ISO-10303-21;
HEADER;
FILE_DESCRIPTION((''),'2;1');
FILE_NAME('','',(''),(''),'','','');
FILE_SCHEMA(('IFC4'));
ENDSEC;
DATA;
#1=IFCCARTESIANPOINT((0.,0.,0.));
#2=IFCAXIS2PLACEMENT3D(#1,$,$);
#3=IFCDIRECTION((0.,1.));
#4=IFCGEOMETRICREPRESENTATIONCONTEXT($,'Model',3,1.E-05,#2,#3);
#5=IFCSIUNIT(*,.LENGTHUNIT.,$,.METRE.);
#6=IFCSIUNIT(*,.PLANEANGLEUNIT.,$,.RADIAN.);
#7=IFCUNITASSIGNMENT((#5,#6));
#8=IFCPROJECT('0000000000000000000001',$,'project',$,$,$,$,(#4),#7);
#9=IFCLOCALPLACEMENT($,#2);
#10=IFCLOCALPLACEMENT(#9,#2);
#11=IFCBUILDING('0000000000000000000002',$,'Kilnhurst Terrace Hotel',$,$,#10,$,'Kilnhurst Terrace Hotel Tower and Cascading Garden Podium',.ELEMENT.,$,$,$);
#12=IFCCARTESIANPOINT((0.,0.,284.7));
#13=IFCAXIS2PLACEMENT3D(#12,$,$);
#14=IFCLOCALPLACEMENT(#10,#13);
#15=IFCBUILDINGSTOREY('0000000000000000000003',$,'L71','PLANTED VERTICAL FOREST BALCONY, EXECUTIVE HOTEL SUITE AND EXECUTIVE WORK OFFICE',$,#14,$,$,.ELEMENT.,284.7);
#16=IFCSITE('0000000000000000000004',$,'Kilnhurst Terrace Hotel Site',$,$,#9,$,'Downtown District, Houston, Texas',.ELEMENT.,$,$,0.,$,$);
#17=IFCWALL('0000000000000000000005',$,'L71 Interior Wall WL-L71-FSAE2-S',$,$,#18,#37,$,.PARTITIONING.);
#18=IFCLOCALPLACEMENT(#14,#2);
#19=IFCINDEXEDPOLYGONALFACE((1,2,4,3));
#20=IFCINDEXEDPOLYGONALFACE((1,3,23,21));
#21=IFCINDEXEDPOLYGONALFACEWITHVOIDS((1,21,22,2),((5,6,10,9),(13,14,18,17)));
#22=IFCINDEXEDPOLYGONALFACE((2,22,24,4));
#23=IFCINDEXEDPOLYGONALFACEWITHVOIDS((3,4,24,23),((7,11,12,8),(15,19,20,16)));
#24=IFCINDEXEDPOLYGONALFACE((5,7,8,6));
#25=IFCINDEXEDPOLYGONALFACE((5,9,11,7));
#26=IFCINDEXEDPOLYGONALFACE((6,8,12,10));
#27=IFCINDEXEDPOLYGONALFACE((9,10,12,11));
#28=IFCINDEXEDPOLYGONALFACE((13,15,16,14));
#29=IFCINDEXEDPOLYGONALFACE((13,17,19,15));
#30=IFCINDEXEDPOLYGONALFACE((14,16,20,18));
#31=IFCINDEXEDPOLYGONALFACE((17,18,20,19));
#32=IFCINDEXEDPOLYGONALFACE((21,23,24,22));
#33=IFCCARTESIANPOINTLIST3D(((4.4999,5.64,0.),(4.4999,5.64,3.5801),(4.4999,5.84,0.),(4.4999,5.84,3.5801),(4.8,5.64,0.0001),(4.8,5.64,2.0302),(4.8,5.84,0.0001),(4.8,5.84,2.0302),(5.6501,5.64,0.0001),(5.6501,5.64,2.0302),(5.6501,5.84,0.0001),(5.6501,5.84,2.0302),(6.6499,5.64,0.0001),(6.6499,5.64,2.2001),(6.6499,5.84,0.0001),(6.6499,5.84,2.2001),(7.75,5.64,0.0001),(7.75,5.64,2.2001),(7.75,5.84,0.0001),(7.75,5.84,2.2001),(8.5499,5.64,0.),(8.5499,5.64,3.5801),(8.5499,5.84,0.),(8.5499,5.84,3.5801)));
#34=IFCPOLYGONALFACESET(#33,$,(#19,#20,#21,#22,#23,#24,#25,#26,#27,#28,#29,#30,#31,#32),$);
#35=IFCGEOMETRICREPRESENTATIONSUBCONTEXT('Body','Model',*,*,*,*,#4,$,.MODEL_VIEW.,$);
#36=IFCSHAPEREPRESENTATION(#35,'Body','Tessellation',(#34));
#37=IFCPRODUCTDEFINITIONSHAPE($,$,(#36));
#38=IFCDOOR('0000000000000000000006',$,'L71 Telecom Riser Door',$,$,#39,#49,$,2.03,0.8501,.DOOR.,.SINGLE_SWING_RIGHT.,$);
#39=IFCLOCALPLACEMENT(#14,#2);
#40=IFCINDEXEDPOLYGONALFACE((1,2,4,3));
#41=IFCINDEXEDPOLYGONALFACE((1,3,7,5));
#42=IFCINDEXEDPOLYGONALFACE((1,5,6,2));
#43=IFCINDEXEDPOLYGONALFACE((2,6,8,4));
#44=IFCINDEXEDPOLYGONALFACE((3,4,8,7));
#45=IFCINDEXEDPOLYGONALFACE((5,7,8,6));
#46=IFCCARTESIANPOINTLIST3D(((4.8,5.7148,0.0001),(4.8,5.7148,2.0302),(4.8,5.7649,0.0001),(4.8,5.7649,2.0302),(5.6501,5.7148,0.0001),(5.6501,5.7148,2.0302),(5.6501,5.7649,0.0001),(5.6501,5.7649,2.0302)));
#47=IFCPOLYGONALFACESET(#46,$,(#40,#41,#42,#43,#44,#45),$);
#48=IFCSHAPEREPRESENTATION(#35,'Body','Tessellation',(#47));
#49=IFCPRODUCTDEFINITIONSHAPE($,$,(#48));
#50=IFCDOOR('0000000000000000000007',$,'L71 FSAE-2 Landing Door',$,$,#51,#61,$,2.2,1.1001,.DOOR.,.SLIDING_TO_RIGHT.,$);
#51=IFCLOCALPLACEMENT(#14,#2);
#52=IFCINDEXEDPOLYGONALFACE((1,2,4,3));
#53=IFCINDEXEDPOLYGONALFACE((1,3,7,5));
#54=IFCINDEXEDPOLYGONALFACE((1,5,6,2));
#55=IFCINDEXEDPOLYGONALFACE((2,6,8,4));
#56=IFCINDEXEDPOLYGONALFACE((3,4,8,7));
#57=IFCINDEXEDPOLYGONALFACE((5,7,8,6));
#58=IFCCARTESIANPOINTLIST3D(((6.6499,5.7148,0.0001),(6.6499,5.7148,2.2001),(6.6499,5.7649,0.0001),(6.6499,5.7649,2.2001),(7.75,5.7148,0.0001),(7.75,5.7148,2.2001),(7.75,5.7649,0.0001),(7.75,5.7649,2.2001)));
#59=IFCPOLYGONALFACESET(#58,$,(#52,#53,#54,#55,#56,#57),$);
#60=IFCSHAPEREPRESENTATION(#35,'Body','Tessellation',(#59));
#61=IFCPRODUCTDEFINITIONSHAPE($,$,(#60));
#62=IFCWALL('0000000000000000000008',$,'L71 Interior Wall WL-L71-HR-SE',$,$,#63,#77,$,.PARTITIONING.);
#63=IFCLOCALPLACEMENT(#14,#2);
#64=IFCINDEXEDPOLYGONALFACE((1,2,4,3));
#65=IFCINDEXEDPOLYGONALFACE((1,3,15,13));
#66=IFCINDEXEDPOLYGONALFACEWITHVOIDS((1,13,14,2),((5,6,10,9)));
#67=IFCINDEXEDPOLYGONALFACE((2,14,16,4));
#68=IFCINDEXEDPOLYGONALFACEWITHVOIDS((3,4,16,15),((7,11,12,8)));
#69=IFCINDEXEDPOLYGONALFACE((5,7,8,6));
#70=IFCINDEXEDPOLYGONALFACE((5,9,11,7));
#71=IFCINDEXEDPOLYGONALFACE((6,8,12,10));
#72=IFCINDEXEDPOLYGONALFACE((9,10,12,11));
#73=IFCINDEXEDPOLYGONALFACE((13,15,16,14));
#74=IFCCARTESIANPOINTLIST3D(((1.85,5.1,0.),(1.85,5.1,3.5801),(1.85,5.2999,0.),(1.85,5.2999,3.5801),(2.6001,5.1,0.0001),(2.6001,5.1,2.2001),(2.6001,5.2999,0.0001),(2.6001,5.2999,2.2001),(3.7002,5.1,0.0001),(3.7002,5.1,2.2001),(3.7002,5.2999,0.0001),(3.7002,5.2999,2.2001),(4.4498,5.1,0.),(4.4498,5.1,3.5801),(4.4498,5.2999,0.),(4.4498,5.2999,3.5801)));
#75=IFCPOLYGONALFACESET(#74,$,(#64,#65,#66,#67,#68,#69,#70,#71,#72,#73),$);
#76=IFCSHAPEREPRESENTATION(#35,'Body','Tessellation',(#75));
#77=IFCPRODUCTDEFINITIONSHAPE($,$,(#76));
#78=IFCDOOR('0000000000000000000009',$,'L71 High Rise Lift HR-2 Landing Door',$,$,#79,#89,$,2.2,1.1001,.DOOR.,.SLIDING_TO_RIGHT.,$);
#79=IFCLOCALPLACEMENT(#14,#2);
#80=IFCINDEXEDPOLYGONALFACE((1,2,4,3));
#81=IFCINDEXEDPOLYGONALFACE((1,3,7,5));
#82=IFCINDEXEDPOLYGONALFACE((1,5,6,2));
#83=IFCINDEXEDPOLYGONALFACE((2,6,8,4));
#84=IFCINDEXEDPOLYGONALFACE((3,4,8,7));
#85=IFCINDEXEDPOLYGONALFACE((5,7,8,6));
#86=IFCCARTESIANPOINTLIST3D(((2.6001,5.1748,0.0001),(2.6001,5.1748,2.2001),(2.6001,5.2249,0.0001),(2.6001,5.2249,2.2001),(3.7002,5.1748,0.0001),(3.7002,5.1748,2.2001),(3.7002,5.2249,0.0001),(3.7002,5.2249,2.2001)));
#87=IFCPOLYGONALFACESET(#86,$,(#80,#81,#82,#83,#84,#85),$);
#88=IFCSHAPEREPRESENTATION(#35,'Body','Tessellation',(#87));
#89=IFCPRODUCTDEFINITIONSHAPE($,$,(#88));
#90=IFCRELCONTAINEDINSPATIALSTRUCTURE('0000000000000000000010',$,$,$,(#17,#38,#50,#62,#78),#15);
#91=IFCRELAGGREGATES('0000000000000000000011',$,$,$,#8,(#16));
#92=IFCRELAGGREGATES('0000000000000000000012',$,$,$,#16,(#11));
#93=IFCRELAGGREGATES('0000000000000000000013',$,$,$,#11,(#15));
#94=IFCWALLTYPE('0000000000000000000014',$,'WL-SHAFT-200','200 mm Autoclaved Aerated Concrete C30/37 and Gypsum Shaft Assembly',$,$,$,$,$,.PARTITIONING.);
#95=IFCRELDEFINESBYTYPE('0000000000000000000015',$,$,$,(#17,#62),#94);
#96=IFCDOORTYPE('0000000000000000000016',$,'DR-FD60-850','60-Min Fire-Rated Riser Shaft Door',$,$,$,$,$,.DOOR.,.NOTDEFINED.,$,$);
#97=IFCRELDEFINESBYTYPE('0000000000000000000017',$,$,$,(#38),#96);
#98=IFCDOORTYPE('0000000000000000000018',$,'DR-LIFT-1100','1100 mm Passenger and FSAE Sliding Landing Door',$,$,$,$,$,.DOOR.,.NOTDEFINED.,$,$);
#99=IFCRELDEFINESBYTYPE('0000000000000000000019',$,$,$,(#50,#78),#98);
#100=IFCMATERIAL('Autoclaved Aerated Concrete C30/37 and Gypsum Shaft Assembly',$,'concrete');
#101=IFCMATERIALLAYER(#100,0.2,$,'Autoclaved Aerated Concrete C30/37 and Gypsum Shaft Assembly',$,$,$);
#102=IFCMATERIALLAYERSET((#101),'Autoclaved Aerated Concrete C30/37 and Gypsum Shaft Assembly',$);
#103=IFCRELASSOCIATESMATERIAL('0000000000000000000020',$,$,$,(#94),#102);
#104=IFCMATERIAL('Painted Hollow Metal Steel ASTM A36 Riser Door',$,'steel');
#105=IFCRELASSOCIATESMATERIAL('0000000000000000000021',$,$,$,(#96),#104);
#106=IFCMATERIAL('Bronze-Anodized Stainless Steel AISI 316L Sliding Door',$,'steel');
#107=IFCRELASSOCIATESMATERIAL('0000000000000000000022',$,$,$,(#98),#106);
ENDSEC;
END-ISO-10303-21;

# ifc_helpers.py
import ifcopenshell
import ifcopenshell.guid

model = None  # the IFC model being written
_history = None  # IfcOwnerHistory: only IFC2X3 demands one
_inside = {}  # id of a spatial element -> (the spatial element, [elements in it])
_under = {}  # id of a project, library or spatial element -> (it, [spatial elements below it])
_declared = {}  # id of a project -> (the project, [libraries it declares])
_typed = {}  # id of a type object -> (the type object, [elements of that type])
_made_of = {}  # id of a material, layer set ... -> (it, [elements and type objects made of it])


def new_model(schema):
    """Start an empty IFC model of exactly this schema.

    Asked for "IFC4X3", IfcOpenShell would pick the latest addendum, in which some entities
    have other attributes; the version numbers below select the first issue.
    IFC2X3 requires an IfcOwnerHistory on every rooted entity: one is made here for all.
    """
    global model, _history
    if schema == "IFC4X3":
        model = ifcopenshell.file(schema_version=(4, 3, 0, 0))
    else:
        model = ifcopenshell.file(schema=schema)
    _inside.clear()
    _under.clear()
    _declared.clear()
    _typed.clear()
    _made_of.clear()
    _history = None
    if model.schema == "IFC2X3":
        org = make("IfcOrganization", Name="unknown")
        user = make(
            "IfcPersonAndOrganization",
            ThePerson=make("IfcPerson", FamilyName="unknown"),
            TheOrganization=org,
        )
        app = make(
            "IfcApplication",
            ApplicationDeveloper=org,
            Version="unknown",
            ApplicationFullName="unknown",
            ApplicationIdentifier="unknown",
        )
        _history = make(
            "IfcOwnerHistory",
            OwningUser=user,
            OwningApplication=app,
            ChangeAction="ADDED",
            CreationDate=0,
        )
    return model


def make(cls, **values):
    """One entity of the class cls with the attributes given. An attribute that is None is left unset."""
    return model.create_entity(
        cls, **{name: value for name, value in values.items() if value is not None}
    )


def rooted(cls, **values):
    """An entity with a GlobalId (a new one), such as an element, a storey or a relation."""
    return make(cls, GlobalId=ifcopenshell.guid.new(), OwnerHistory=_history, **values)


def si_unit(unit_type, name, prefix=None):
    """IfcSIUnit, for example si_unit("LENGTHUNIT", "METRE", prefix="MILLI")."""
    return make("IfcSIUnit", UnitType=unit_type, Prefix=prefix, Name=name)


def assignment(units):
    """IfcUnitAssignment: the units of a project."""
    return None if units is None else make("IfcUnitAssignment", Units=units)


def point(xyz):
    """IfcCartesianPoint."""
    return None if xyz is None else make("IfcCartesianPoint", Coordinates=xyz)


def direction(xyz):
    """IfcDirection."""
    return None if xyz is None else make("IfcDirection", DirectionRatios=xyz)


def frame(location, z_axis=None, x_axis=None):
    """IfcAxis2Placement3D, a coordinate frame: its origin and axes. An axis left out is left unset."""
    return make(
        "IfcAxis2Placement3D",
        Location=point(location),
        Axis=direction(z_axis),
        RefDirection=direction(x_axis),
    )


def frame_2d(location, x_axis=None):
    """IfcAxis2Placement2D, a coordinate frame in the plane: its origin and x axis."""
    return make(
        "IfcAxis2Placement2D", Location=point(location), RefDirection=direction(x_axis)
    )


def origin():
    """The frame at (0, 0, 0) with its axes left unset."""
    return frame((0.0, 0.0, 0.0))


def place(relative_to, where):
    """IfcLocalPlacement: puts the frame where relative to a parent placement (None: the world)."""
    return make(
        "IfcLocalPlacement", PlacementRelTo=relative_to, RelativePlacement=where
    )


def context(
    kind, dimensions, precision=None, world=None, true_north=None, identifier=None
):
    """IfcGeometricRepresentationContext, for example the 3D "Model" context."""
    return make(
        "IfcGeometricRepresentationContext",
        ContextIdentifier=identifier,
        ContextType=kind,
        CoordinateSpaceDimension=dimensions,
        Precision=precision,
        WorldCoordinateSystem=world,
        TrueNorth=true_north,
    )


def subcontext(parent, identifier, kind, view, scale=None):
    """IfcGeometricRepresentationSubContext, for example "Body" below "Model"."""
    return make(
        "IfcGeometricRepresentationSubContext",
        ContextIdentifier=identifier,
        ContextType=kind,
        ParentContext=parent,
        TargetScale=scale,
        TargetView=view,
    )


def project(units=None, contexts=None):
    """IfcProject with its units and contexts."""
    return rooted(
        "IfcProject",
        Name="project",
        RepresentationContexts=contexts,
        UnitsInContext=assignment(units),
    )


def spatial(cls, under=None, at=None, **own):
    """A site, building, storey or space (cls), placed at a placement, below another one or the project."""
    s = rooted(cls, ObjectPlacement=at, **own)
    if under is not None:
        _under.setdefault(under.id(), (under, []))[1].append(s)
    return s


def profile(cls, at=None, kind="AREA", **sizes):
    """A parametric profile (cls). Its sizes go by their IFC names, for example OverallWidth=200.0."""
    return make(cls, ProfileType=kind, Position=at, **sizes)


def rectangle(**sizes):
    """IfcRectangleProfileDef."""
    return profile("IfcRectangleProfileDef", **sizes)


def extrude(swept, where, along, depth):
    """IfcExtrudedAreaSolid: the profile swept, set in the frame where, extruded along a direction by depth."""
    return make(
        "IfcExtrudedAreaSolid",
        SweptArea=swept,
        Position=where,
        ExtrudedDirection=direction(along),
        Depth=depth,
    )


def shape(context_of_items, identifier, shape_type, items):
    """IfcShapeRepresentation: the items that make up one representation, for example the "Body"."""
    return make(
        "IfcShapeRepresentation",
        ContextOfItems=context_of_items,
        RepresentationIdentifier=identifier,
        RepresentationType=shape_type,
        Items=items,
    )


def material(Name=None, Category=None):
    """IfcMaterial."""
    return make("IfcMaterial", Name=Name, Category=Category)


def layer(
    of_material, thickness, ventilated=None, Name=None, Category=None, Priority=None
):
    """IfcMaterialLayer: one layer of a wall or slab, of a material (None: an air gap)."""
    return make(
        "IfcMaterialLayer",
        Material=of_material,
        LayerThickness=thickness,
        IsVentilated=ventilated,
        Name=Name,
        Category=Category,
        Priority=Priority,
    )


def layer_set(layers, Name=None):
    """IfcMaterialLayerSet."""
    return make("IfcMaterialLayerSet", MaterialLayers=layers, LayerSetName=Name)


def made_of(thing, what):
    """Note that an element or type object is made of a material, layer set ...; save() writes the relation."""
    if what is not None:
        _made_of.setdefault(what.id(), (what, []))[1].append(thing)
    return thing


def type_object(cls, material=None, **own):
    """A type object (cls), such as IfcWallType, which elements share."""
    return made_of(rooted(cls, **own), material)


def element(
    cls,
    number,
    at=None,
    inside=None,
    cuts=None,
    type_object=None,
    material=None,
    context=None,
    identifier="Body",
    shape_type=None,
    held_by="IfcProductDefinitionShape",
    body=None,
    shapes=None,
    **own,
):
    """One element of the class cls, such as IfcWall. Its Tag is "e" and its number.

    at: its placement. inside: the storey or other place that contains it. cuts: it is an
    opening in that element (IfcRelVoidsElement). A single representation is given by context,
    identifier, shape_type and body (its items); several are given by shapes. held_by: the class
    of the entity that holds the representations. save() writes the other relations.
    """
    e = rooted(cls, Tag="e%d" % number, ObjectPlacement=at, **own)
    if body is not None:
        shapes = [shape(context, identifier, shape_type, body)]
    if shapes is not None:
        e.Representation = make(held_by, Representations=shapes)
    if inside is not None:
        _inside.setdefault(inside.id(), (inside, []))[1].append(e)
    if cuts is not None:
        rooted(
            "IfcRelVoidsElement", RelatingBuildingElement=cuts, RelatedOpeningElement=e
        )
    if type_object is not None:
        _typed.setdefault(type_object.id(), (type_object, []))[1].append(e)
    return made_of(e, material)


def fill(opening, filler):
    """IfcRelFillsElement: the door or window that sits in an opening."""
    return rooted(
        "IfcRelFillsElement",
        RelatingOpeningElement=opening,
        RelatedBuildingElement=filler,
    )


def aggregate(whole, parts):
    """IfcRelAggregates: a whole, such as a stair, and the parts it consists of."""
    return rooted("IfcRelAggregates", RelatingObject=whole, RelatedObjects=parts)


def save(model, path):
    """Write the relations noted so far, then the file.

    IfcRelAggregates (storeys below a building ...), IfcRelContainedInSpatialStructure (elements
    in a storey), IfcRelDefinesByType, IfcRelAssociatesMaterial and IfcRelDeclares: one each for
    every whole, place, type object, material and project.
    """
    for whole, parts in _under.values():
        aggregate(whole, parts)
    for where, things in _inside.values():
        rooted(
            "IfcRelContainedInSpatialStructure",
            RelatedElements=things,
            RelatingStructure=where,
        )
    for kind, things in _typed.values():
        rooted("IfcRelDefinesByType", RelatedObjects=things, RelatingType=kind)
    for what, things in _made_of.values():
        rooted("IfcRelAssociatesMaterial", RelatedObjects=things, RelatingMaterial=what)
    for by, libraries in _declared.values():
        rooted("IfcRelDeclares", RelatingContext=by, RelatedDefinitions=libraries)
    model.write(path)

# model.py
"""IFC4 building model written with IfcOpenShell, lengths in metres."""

from ifc_helpers import new_model, si_unit, direction, frame, frame_2d, origin, place, context, subcontext, project, spatial, rectangle, extrude, material, layer, layer_set, type_object, element, fill, save


model = new_model("IFC4")

# Units and contexts
model_context = context("Model", 3, precision=1e-05, world=origin(), true_north=direction((0.0, 1.0)))
body_context = subcontext(model_context, "Body", "Model", "MODEL_VIEW")
ifc_project = project(units=[si_unit("LENGTHUNIT", "METRE"), si_unit("PLANEANGLEUNIT", "RADIAN")], contexts=[model_context])

# Site, building, storey
site_placement = place(None, origin())
site = spatial("IfcSite", under=ifc_project, at=site_placement, Name="Kilnhurst Terrace Hotel Site", LongName="Downtown District, Houston, Texas", CompositionType="ELEMENT", RefElevation=0.0)
building_placement = place(site_placement, origin())
building = spatial("IfcBuilding", under=site, at=building_placement, Name="Kilnhurst Terrace Hotel", LongName="Kilnhurst Terrace Hotel Tower and Cascading Garden Podium", CompositionType="ELEMENT")
storey_placement = place(building_placement, frame((0.0, 0.0, 284.7)))
storey = spatial("IfcBuildingStorey", under=building, at=storey_placement, Name="L71", Description="PLANTED VERTICAL FOREST BALCONY, EXECUTIVE HOTEL SUITE AND EXECUTIVE WORK OFFICE", CompositionType="ELEMENT", Elevation=284.7)

# Wall, openings, doors
ifc_material_1 = material(Name="Autoclaved Aerated Concrete C30/37 and Gypsum Shaft Assembly", Category="concrete")
ifc_layer_1 = layer(ifc_material_1, 0.2, Name="Autoclaved Aerated Concrete C30/37 and Gypsum Shaft Assembly")
ifc_layer_set_1 = layer_set([ifc_layer_1], Name="Autoclaved Aerated Concrete C30/37 and Gypsum Shaft Assembly")
wall_type_1 = type_object("IfcWallType", Name="WL-SHAFT-200", Description="200 mm Autoclaved Aerated Concrete C30/37 and Gypsum Shaft Assembly", PredefinedType="PARTITIONING", material=ifc_layer_set_1)
wall_1_placement = place(storey_placement, frame((4.5, 5.74, 0.0), z_axis=(0.0, 0.0, 1.0), x_axis=(1.0, 0.0, 0.0)))
wall_1 = element("IfcWall", 1, at=wall_1_placement, inside=storey, type_object=wall_type_1, Name="L71 Interior Wall WL-L71-FSAE2-S", PredefinedType="PARTITIONING", context=body_context, shape_type="SweptSolid", body=[
    extrude(rectangle(XDim=4.05, YDim=0.2, at=frame_2d((2.0249, 0.0))), origin(), (0.0, 0.0, 1.0), 3.5801),
])
opening_1_placement = place(wall_1_placement, frame((0.3, 0.0, 0.0)))
opening_1 = element("IfcOpeningElement", 2, at=opening_1_placement, cuts=wall_1, PredefinedType="OPENING", context=body_context, shape_type="SweptSolid", body=[
    extrude(rectangle(XDim=0.8501, YDim=2.03, at=frame_2d((0.425, 1.0151))), frame((0.0, 0.1099, 0.0), z_axis=(0.0, -1.0, 0.0), x_axis=(1.0, 0.0, 0.0)), (0.0, 0.0, 1.0), 0.22),
])
opening_2_placement = place(wall_1_placement, frame((2.1499, 0.0, 0.0)))
opening_2 = element("IfcOpeningElement", 3, at=opening_2_placement, cuts=wall_1, PredefinedType="OPENING", context=body_context, shape_type="SweptSolid", body=[
    extrude(rectangle(XDim=1.1001, YDim=2.2, at=frame_2d((0.55, 1.1001))), frame((0.0, 0.1099, 0.0), z_axis=(0.0, -1.0, 0.0), x_axis=(1.0, 0.0, 0.0)), (0.0, 0.0, 1.0), 0.22),
])
ifc_material_2 = material(Name="Painted Hollow Metal Steel ASTM A36 Riser Door", Category="steel")
door_type_1 = type_object("IfcDoorType", Name="DR-FD60-850", Description="60-Min Fire-Rated Riser Shaft Door", OperationType="NOTDEFINED", PredefinedType="DOOR", material=ifc_material_2)
door_1_placement = place(opening_1_placement, origin())
door_1 = element("IfcDoor", 4, at=door_1_placement, inside=storey, type_object=door_type_1, Name="L71 Telecom Riser Door", OperationType="SINGLE_SWING_RIGHT", OverallHeight=2.03, OverallWidth=0.8501, PredefinedType="DOOR", context=body_context, shape_type="SweptSolid", body=[
    extrude(rectangle(XDim=0.8501, YDim=2.03, at=frame_2d((0.425, 1.0151))), frame((0.0, 0.0249, 0.0), z_axis=(0.0, -1.0, 0.0), x_axis=(1.0, 0.0, 0.0)), (0.0, 0.0, 1.0), 0.05),
])
fill(opening_1, door_1)
ifc_material_3 = material(Name="Bronze-Anodized Stainless Steel AISI 316L Sliding Door", Category="steel")
door_type_2 = type_object("IfcDoorType", Name="DR-LIFT-1100", Description="1100 mm Passenger and FSAE Sliding Landing Door", OperationType="NOTDEFINED", PredefinedType="DOOR", material=ifc_material_3)
door_2_placement = place(opening_2_placement, origin())
door_2 = element("IfcDoor", 5, at=door_2_placement, inside=storey, type_object=door_type_2, Name="L71 FSAE-2 Landing Door", OperationType="SLIDING_TO_RIGHT", OverallHeight=2.2, OverallWidth=1.1001, PredefinedType="DOOR", context=body_context, shape_type="SweptSolid", body=[
    extrude(rectangle(XDim=1.1001, YDim=2.2, at=frame_2d((0.55, 1.1001))), frame((0.0, 0.0249, 0.0), z_axis=(0.0, -1.0, 0.0), x_axis=(1.0, 0.0, 0.0)), (0.0, 0.0, 1.0), 0.05),
])
fill(opening_2, door_2)

# Wall, opening, door
wall_2_placement = place(storey_placement, frame((1.8501, 5.2, 0.0), z_axis=(0.0, 0.0, 1.0), x_axis=(1.0, 0.0, 0.0)))
wall_2 = element("IfcWall", 6, at=wall_2_placement, inside=storey, type_object=wall_type_1, Name="L71 Interior Wall WL-L71-HR-SE", PredefinedType="PARTITIONING", context=body_context, shape_type="SweptSolid", body=[
    extrude(rectangle(XDim=2.5999, YDim=0.2, at=frame_2d((1.2998, 0.0))), origin(), (0.0, 0.0, 1.0), 3.5801),
])
opening_3_placement = place(wall_2_placement, frame((0.75, 0.0, 0.0)))
opening_3 = element("IfcOpeningElement", 7, at=opening_3_placement, cuts=wall_2, PredefinedType="OPENING", context=body_context, shape_type="SweptSolid", body=[
    extrude(rectangle(XDim=1.1001, YDim=2.2, at=frame_2d((0.55, 1.1001))), frame((0.0, 0.1099, 0.0), z_axis=(0.0, -1.0, 0.0), x_axis=(1.0, 0.0, 0.0)), (0.0, 0.0, 1.0), 0.22),
])
door_3_placement = place(opening_3_placement, origin())
door_3 = element("IfcDoor", 8, at=door_3_placement, inside=storey, type_object=door_type_2, Name="L71 High Rise Lift HR-2 Landing Door", OperationType="SLIDING_TO_RIGHT", OverallHeight=2.2, OverallWidth=1.1001, PredefinedType="DOOR", context=body_context, shape_type="SweptSolid", body=[
    extrude(rectangle(XDim=1.1001, YDim=2.2, at=frame_2d((0.55, 1.1001))), frame((0.0, 0.0249, 0.0), z_axis=(0.0, -1.0, 0.0), x_axis=(1.0, 0.0, 0.0)), (0.0, 0.0, 1.0), 0.05),
])
fill(opening_3, door_3)

save(model, "model.ifc")
